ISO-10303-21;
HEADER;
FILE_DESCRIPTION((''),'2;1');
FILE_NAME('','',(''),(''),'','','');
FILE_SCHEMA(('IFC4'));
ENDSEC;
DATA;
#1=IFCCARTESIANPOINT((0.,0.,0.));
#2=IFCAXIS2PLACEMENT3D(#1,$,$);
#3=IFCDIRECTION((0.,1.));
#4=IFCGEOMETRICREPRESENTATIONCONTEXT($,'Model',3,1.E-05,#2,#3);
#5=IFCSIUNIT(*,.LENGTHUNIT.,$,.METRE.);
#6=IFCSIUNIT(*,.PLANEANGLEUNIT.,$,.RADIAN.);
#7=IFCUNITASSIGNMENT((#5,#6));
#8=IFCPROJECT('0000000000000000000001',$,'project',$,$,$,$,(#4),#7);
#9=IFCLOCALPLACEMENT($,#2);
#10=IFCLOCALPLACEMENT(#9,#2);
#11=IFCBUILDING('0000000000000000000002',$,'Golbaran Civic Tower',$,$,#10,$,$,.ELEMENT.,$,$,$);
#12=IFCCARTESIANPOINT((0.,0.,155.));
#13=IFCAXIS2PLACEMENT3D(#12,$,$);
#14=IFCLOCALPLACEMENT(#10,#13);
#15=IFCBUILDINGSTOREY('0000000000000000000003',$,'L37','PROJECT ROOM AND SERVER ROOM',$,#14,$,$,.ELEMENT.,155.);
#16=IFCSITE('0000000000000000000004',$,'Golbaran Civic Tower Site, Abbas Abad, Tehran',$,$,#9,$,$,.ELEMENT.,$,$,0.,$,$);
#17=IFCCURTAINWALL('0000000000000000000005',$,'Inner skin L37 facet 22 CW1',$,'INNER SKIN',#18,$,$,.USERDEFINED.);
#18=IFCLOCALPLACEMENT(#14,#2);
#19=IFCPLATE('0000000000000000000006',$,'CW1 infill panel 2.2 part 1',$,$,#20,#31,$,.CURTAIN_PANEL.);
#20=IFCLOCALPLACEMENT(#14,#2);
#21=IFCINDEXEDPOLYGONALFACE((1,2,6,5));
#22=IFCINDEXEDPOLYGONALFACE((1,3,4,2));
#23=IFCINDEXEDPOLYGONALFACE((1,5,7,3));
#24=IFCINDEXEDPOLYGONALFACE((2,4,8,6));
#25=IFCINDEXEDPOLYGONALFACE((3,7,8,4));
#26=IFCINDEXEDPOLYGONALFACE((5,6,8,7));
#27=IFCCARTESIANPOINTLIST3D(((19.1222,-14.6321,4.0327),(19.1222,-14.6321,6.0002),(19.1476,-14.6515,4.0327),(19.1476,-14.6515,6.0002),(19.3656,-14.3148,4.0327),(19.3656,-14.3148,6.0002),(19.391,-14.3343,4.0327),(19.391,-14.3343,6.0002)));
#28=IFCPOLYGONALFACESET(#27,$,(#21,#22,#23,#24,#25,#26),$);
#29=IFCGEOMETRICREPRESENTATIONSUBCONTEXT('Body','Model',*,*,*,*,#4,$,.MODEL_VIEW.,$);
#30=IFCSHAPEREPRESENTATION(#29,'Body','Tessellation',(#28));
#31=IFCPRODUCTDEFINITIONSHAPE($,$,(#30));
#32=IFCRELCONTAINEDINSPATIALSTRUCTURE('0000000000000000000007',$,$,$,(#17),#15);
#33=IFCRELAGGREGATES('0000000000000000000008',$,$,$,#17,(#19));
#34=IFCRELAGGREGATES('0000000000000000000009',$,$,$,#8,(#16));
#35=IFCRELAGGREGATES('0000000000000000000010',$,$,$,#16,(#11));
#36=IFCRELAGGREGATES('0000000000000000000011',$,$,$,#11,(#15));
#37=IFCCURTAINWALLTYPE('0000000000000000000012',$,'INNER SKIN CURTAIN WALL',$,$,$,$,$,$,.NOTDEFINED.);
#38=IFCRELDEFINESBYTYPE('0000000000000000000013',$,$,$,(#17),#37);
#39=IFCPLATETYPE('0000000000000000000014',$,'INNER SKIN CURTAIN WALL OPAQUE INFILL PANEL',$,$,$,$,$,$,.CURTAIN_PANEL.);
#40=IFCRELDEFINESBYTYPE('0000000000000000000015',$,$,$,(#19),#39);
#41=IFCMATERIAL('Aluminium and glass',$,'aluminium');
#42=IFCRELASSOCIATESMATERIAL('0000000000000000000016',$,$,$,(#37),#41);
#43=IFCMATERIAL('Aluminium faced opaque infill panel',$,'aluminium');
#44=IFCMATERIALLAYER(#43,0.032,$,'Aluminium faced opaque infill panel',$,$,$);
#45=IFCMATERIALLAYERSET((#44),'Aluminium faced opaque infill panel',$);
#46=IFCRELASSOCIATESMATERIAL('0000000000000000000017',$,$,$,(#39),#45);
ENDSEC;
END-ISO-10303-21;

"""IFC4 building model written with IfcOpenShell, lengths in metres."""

from ifc_helpers import new_model, si_unit, direction, frame, origin, origin_2d, place, context, subcontext, project, spatial, rectangle, extrude, material, layer, layer_set, type_object, element, aggregate, save


model = new_model("IFC4")

# Units and contexts
model_context = context("Model", 3, precision=1e-05, world=origin(), true_north=direction((0.0, 1.0)))
body_context = subcontext(model_context, "Body", "Model", "MODEL_VIEW")
ifc_project = project(units=[si_unit("LENGTHUNIT", "METRE"), si_unit("PLANEANGLEUNIT", "RADIAN")], contexts=[model_context])

# Site, building, storey
site_placement = place(None, origin())
site = spatial("IfcSite", under=ifc_project, at=site_placement, Name="Golbaran Civic Tower Site, Abbas Abad, Tehran", CompositionType="ELEMENT", RefElevation=0.0)
building_placement = place(site_placement, origin())
building = spatial("IfcBuilding", under=site, at=building_placement, Name="Golbaran Civic Tower", CompositionType="ELEMENT")
storey_placement = place(building_placement, frame((0.0, 0.0, 155.0)))
storey = spatial("IfcBuildingStorey", under=building, at=storey_placement, Name="L37", Description="PROJECT ROOM AND SERVER ROOM", CompositionType="ELEMENT", Elevation=155.0)

# Curtain wall
ifc_material_1 = material(Name="Aluminium and glass", Category="aluminium")
curtain_wall_type = type_object("IfcCurtainWallType", Name="INNER SKIN CURTAIN WALL", PredefinedType="NOTDEFINED", material=ifc_material_1)
curtain_wall_1_placement = place(storey_placement, origin())
curtain_wall_1 = element("IfcCurtainWall", 1, at=curtain_wall_1_placement, inside=storey, type_object=curtain_wall_type, Name="Inner skin L37 facet 22 CW1", ObjectType="INNER SKIN", PredefinedType="USERDEFINED")

# Plate
ifc_material_2 = material(Name="Aluminium faced opaque infill panel", Category="aluminium")
ifc_layer_1 = layer(ifc_material_2, 0.032, Name="Aluminium faced opaque infill panel")
ifc_layer_set_1 = layer_set([ifc_layer_1], Name="Aluminium faced opaque infill panel")
plate_type_1 = type_object("IfcPlateType", Name="INNER SKIN CURTAIN WALL OPAQUE INFILL PANEL", PredefinedType="CURTAIN_PANEL", material=ifc_layer_set_1)
plate_1_placement = place(storey_placement, frame((19.2566, -14.4832, 4.0327), z_axis=(0.0, 0.0, 1.0), x_axis=(0.608761, 0.793353, 0.0)))
plate_1 = element("IfcPlate", 2, at=plate_1_placement, type_object=plate_type_1, Name="CW1 infill panel 2.2 part 1", PredefinedType="CURTAIN_PANEL", context=body_context, shape_type="SweptSolid", body=[
    extrude(rectangle(XDim=0.3999, YDim=0.032, at=origin_2d()), origin(), (0.0, 0.0, 1.0), 1.9675),
])
aggregate(curtain_wall_1, [plate_1])

save(model, "model.ifc")
